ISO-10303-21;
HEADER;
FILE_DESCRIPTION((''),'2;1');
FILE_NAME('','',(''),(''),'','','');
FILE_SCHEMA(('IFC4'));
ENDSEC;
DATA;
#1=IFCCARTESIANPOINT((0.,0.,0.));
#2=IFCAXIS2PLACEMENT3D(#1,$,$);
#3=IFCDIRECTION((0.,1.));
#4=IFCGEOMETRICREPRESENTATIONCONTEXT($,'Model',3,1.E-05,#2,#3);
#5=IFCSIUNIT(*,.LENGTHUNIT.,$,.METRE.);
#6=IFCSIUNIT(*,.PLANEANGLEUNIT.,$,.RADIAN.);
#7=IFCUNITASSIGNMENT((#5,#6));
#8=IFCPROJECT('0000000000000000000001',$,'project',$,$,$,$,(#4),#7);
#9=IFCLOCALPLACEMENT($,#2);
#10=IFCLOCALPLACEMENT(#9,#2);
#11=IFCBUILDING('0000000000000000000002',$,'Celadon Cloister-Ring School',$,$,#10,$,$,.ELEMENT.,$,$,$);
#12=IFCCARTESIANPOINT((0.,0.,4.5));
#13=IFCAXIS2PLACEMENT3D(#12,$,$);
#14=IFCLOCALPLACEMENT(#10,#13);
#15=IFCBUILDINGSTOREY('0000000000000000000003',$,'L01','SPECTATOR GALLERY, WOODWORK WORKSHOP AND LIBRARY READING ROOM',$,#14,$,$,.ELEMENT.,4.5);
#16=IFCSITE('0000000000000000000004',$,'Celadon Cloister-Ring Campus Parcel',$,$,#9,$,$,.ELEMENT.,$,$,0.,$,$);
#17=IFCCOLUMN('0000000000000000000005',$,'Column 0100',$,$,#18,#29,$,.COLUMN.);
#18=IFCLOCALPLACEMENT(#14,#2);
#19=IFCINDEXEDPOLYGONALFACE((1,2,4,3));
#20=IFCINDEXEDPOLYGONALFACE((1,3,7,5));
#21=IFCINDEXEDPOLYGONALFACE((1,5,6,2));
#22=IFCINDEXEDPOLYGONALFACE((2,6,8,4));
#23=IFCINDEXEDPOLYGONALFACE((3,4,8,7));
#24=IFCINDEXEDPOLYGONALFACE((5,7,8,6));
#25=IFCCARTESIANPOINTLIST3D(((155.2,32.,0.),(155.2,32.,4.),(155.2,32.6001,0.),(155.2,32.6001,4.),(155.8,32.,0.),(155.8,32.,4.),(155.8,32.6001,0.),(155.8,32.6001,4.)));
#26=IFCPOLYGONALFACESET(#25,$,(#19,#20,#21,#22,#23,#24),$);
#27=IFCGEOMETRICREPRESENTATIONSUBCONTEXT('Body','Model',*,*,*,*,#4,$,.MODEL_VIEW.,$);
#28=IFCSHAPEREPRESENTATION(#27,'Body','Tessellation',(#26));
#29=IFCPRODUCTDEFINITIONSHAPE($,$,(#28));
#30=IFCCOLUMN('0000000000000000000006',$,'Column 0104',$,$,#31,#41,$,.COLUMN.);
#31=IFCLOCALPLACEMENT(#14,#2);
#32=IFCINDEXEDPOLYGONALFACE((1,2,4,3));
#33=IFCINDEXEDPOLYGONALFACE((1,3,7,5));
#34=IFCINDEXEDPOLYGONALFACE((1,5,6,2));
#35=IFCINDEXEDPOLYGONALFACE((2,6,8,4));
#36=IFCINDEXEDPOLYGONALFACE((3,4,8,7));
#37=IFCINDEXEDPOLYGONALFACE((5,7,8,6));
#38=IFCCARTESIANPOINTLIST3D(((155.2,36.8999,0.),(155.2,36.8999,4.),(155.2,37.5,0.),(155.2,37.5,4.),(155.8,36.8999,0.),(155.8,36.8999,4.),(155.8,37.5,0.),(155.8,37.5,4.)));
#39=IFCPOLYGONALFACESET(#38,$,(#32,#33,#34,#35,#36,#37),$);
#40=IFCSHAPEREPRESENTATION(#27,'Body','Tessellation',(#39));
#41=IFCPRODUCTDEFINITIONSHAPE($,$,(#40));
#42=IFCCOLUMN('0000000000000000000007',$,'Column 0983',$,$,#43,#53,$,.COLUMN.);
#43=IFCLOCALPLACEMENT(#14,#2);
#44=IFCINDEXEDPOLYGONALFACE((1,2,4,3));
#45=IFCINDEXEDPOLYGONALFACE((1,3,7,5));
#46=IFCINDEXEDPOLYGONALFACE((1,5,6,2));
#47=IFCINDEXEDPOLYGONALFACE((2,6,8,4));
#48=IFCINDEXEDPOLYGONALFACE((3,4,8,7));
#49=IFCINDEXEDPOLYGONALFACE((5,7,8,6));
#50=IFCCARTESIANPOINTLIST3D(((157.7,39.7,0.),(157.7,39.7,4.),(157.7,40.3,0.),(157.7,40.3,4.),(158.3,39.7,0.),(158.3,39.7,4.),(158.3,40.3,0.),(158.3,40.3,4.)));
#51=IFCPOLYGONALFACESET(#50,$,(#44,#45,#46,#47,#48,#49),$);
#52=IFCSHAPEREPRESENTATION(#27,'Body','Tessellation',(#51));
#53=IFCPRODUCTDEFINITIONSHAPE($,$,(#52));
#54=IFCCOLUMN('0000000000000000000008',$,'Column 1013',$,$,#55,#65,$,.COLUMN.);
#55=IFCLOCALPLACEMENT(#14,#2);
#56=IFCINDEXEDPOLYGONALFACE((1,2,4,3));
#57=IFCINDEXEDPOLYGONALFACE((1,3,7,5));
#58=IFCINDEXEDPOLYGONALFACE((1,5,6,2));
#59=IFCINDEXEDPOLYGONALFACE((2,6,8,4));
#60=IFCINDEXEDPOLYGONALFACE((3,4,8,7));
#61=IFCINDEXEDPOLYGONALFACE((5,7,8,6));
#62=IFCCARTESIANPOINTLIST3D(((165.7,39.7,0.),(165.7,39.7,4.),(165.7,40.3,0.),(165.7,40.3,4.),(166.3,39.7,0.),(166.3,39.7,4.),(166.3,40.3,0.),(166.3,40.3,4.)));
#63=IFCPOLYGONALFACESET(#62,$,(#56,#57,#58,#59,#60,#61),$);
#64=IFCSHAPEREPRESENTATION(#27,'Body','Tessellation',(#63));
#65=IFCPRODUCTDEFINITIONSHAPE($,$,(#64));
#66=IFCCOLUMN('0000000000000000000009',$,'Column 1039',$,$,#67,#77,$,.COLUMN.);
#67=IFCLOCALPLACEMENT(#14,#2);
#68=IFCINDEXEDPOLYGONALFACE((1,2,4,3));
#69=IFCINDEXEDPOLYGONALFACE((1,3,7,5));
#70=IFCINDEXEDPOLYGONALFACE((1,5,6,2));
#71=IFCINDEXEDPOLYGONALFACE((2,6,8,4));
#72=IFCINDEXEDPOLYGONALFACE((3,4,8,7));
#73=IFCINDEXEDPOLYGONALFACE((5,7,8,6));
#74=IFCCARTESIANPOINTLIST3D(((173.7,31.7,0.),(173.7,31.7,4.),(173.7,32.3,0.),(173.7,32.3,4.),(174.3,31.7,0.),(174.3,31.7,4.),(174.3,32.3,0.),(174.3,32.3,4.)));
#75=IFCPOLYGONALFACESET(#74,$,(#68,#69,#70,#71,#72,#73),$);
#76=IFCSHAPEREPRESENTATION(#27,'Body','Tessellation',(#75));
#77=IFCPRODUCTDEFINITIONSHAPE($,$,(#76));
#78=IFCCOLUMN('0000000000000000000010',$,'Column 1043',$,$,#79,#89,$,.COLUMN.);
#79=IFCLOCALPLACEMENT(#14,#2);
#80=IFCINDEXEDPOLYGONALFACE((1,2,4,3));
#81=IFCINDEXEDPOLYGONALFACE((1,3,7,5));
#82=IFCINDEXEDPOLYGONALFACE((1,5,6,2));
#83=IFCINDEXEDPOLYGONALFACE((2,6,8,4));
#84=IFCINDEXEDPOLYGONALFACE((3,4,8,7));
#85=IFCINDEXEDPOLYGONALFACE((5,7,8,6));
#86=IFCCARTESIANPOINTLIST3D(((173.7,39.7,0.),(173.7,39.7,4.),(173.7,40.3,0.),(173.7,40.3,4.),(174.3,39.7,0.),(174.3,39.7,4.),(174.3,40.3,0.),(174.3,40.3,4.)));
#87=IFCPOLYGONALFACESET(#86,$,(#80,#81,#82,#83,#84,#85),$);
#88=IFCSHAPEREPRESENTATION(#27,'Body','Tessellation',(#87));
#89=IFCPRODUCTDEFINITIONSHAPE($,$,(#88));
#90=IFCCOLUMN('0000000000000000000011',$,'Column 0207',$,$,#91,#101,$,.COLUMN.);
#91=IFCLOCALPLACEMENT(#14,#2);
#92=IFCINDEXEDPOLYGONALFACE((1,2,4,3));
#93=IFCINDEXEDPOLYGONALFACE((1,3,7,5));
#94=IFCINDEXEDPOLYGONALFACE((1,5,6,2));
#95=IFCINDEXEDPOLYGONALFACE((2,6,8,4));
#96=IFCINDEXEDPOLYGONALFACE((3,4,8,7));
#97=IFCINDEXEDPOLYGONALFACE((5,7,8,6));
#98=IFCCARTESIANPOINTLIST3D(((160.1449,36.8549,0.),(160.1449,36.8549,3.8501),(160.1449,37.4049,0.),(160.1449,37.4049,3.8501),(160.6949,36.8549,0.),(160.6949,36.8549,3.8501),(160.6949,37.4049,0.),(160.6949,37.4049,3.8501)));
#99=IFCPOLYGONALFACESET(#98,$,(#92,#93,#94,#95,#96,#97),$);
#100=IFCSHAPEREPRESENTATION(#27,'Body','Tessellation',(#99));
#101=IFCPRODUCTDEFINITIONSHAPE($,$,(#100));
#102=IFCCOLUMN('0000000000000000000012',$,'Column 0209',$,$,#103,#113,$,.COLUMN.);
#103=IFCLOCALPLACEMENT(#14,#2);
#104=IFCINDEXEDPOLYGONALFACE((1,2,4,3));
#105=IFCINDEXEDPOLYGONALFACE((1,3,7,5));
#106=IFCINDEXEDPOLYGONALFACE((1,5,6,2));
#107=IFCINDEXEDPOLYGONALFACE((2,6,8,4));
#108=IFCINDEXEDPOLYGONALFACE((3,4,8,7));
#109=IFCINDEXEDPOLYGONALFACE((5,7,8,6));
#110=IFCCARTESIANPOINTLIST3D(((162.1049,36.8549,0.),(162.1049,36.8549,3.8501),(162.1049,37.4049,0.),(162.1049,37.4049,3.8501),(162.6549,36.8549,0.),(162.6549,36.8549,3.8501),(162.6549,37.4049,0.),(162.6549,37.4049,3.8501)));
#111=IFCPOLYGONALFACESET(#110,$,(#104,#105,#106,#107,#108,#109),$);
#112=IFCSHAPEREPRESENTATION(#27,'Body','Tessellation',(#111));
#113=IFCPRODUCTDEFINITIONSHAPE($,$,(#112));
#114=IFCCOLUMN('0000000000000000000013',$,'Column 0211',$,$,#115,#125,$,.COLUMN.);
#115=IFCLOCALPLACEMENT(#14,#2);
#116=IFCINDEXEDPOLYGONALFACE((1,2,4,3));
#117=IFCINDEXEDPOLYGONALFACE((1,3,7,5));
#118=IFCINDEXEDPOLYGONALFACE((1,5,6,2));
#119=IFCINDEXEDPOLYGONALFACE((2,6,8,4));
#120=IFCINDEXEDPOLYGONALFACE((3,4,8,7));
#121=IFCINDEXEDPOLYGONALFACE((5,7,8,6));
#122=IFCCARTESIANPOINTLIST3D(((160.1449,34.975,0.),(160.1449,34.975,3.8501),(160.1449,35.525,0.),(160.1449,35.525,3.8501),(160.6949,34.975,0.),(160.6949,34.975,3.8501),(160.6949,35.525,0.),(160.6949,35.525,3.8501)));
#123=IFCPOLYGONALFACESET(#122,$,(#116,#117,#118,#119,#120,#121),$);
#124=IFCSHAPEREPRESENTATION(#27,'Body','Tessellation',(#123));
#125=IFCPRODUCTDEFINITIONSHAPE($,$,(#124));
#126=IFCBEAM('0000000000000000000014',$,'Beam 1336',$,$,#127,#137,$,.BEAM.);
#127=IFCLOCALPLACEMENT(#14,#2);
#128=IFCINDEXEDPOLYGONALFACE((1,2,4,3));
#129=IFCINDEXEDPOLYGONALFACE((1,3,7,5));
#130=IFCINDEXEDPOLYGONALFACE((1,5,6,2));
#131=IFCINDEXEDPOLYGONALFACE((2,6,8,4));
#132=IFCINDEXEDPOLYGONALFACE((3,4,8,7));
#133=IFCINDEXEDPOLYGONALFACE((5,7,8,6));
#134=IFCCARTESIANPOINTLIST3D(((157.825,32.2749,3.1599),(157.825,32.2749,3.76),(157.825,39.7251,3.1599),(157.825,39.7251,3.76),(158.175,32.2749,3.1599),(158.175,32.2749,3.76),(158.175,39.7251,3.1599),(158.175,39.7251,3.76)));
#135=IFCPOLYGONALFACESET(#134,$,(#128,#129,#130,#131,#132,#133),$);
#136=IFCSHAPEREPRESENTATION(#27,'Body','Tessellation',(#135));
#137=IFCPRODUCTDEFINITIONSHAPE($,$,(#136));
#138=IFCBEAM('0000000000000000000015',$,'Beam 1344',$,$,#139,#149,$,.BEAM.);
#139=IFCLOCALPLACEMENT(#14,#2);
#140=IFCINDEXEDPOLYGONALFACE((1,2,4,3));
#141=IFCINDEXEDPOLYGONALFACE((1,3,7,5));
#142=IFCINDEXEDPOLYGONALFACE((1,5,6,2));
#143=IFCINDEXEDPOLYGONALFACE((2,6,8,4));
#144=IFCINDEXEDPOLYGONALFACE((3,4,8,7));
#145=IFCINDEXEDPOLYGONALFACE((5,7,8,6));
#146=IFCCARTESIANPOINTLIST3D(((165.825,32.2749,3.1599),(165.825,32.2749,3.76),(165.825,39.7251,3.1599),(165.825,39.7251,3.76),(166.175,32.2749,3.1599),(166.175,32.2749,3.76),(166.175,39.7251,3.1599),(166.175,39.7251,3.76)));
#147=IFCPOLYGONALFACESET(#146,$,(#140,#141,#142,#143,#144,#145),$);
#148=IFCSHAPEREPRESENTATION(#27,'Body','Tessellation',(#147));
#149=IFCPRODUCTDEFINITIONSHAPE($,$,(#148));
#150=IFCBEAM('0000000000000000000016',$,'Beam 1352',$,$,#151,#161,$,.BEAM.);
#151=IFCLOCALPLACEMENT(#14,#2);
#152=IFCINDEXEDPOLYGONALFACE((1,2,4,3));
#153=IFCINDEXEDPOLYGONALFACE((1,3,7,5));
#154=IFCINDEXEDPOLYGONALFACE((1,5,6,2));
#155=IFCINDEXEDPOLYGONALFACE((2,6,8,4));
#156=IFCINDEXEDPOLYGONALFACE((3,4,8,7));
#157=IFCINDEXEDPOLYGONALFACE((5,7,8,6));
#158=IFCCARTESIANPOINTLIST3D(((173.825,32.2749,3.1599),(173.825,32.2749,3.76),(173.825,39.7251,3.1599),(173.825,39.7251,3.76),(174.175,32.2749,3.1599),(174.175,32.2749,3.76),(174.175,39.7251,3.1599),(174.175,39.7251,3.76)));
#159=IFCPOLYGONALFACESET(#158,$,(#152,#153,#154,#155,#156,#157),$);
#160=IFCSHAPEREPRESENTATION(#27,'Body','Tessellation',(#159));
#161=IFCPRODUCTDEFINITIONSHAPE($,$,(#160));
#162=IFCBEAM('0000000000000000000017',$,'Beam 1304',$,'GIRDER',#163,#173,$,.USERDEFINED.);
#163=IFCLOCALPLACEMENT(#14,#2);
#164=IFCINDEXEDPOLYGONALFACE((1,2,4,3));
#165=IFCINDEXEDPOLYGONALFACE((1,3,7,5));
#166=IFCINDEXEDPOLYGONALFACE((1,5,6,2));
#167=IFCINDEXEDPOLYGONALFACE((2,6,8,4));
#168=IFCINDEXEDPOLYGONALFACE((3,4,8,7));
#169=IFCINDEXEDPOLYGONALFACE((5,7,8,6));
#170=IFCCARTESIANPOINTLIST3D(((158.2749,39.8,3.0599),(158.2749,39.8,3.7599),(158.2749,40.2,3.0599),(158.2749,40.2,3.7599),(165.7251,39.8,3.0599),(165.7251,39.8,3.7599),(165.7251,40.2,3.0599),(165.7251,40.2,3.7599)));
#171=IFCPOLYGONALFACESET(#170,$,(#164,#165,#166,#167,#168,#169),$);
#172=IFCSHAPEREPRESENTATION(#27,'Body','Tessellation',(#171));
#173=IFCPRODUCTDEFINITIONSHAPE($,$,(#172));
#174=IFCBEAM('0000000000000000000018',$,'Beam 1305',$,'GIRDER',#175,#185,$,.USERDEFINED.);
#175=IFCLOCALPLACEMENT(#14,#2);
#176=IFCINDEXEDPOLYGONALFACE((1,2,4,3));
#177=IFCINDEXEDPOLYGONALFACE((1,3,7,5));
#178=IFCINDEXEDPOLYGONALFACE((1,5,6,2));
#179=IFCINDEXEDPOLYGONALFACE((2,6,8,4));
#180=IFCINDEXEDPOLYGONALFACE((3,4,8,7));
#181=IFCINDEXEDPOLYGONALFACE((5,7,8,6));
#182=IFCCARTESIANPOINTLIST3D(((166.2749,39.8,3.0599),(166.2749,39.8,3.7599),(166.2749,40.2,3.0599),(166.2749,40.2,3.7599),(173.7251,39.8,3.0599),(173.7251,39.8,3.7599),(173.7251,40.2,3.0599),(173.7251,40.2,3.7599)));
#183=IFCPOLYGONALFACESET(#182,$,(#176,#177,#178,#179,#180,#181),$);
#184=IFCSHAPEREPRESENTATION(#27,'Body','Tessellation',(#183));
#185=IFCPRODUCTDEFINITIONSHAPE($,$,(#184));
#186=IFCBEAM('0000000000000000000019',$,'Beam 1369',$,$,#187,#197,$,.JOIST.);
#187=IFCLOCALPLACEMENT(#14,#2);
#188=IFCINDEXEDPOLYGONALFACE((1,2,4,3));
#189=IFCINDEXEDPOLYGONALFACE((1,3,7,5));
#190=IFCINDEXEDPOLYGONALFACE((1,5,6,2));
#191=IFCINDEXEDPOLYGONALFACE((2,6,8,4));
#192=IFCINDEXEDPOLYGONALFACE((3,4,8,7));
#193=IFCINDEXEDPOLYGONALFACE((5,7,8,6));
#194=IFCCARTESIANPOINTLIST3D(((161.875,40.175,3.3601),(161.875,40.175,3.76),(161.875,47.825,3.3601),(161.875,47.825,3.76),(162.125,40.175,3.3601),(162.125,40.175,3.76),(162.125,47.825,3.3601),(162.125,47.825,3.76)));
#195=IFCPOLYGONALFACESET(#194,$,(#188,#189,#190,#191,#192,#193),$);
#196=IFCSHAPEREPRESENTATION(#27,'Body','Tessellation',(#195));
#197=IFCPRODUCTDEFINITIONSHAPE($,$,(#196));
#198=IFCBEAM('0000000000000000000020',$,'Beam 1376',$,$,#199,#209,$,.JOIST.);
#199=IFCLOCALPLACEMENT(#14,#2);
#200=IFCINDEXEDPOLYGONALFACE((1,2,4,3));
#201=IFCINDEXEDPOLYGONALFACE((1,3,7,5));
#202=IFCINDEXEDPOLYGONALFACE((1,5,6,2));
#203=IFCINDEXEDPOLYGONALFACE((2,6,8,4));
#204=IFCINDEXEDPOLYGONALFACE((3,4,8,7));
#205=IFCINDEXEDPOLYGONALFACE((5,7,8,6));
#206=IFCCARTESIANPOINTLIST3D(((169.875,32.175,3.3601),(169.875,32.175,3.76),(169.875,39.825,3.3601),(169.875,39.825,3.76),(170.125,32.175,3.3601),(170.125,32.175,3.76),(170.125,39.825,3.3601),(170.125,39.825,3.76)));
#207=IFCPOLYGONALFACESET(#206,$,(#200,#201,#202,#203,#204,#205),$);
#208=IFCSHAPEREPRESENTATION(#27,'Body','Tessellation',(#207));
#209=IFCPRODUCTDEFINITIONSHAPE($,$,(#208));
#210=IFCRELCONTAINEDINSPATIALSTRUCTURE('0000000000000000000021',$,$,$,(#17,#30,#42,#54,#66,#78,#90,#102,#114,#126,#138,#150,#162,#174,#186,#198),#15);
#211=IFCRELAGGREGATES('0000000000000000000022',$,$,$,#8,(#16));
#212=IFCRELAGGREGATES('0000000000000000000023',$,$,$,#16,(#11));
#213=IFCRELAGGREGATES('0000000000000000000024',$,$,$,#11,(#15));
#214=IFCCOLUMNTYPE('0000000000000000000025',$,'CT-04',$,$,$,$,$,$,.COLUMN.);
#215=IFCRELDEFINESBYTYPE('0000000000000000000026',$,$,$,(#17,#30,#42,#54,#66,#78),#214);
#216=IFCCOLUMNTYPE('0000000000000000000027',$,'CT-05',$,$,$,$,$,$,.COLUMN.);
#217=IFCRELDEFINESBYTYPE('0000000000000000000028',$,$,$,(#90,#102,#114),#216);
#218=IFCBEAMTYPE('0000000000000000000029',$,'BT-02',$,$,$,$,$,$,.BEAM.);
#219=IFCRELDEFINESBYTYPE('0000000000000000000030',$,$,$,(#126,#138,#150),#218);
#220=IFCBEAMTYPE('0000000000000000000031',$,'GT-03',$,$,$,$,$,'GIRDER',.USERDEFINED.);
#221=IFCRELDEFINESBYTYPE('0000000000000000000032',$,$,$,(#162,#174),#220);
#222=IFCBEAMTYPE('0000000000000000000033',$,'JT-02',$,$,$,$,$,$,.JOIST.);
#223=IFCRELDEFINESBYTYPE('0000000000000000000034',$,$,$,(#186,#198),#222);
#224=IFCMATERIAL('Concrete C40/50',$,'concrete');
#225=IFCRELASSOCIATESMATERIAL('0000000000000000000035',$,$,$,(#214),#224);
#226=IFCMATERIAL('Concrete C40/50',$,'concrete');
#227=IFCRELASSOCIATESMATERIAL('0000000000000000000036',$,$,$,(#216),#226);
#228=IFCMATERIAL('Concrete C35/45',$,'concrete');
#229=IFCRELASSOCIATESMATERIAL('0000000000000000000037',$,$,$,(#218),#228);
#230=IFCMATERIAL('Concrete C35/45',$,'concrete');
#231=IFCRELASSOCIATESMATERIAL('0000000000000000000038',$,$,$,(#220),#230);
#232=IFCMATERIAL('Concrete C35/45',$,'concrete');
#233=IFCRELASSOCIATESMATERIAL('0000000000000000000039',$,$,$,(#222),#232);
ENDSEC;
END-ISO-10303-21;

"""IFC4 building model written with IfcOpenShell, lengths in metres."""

from ifc_helpers import new_model, si_unit, direction, frame, origin, origin_2d, place, context, subcontext, project, spatial, rectangle, extrude, material, material_profile, profile_set, type_object, element, save


model = new_model("IFC4")

# Units and contexts
model_context = context("Model", 3, precision=1e-05, world=origin(), true_north=direction((0.0, 1.0)))
body_context = subcontext(model_context, "Body", "Model", "MODEL_VIEW")
ifc_project = project(units=[si_unit("LENGTHUNIT", "METRE"), si_unit("PLANEANGLEUNIT", "RADIAN")], contexts=[model_context])

# Site, building, storey
site_placement = place(None, origin())
site = spatial("IfcSite", under=ifc_project, at=site_placement, Name="Celadon Cloister-Ring Campus Parcel", CompositionType="ELEMENT", RefElevation=0.0)
building_placement = place(site_placement, origin())
building = spatial("IfcBuilding", under=site, at=building_placement, Name="Celadon Cloister-Ring School", CompositionType="ELEMENT")
storey_placement = place(building_placement, frame((0.0, 0.0, 4.5)))
storey = spatial("IfcBuildingStorey", under=building, at=storey_placement, Name="L01", Description="SPECTATOR GALLERY, WOODWORK WORKSHOP AND LIBRARY READING ROOM", CompositionType="ELEMENT", Elevation=4.5)

# Columns
ifc_material_1 = material(Name="Concrete C40/50", Category="concrete")
ifc_material_profile_1 = material_profile(ifc_material_1, rectangle(XDim=0.6001, YDim=0.6001, at=origin_2d()), Name="RC600X600")
ifc_profile_set_1 = profile_set([ifc_material_profile_1], Name="Concrete C40/50")
column_type_1 = type_object("IfcColumnType", Name="CT-04", PredefinedType="COLUMN", material=ifc_profile_set_1)
for number, where, z_axis, x_axis, name in (
    (1, (155.5, 32.3, 0.0), (0.0, 0.0, 1.0), (1.0, 0.0, 0.0), "Column 0100"),
    (2, (155.5, 37.2, 0.0), (0.0, 0.0, 1.0), (1.0, 0.0, 0.0), "Column 0104"),
    (3, (158.0, 40.0, 0.0), (0.0, 0.0, 1.0), (1.0, 0.0, 0.0), "Column 0983"),
    (4, (166.0, 40.0, 0.0), (0.0, 0.0, 1.0), (1.0, 0.0, 0.0), "Column 1013"),
    (5, (174.0, 32.0, 0.0), (0.0, 0.0, 1.0), (1.0, 0.0, 0.0), "Column 1039"),
    (6, (174.0, 40.0, 0.0), (0.0, 0.0, 1.0), (1.0, 0.0, 0.0), "Column 1043"),
):
    element("IfcColumn", number, at=place(storey_placement, frame(where, z_axis=z_axis, x_axis=x_axis)), inside=storey, type_object=column_type_1, Name=name, PredefinedType="COLUMN", context=body_context, shape_type="SweptSolid", body=[
        extrude(rectangle(XDim=0.6001, YDim=0.6001, at=origin_2d()), origin(), (0.0, 0.0, 1.0), 4.0),
    ])
ifc_material_2 = material(Name="Concrete C40/50", Category="concrete")
ifc_material_profile_2 = material_profile(ifc_material_2, rectangle(XDim=0.55, YDim=0.55, at=origin_2d()), Name="RC550X550")
ifc_profile_set_2 = profile_set([ifc_material_profile_2], Name="Concrete C40/50")
column_type_2 = type_object("IfcColumnType", Name="CT-05", PredefinedType="COLUMN", material=ifc_profile_set_2)
for number, where, z_axis, x_axis, name in (
    (7, (160.4199, 37.1299, 0.0), (0.0, 0.0, 1.0), (1.0, 0.0, 0.0), "Column 0207"),
    (8, (162.3799, 37.1299, 0.0), (0.0, 0.0, 1.0), (1.0, 0.0, 0.0), "Column 0209"),
    (9, (160.4199, 35.25, 0.0), (0.0, 0.0, 1.0), (1.0, 0.0, 0.0), "Column 0211"),
):
    element("IfcColumn", number, at=place(storey_placement, frame(where, z_axis=z_axis, x_axis=x_axis)), inside=storey, type_object=column_type_2, Name=name, PredefinedType="COLUMN", context=body_context, shape_type="SweptSolid", body=[
        extrude(rectangle(XDim=0.55, YDim=0.55, at=origin_2d()), origin(), (0.0, 0.0, 1.0), 3.8501),
    ])

# Beams
ifc_material_3 = material(Name="Concrete C35/45", Category="concrete")
ifc_material_profile_3 = material_profile(ifc_material_3, rectangle(XDim=0.3501, YDim=0.6001, at=origin_2d()), Name="RC350X600")
ifc_profile_set_3 = profile_set([ifc_material_profile_3], Name="Concrete C35/45")
beam_type_1 = type_object("IfcBeamType", Name="BT-02", PredefinedType="BEAM", material=ifc_profile_set_3)
for number, where, z_axis, x_axis, name in (
    (10, (158.0, 32.2749, 3.46), (0.0, 1.0, 0.0), (-1.0, 0.0, 0.0), "Beam 1336"),
    (11, (166.0, 32.2749, 3.46), (0.0, 1.0, 0.0), (-1.0, 0.0, 0.0), "Beam 1344"),
    (12, (174.0, 32.2749, 3.46), (0.0, 1.0, 0.0), (-1.0, 0.0, 0.0), "Beam 1352"),
):
    element("IfcBeam", number, at=place(storey_placement, frame(where, z_axis=z_axis, x_axis=x_axis)), inside=storey, type_object=beam_type_1, Name=name, PredefinedType="BEAM", context=body_context, shape_type="SweptSolid", body=[
        extrude(rectangle(XDim=0.3501, YDim=0.6001, at=origin_2d()), origin(), (0.0, 0.0, 1.0), 7.4502),
    ])
ifc_material_4 = material(Name="Concrete C35/45", Category="concrete")
ifc_material_profile_4 = material_profile(ifc_material_4, rectangle(XDim=0.3999, YDim=0.7, at=origin_2d()), Name="RC400X700")
ifc_profile_set_4 = profile_set([ifc_material_profile_4], Name="Concrete C35/45")
beam_type_2 = type_object("IfcBeamType", Name="GT-03", ElementType="GIRDER", PredefinedType="USERDEFINED", material=ifc_profile_set_4)
for number, where, z_axis, x_axis, name in (
    (13, (158.2749, 40.0, 3.4099), (1.0, 0.0, 0.0), (0.0, 1.0, 0.0), "Beam 1304"),
    (14, (166.2749, 40.0, 3.4099), (1.0, 0.0, 0.0), (0.0, 1.0, 0.0), "Beam 1305"),
):
    element("IfcBeam", number, at=place(storey_placement, frame(where, z_axis=z_axis, x_axis=x_axis)), inside=storey, type_object=beam_type_2, Name=name, ObjectType="GIRDER", PredefinedType="USERDEFINED", context=body_context, shape_type="SweptSolid", body=[
        extrude(rectangle(XDim=0.3999, YDim=0.7, at=origin_2d()), origin(), (0.0, 0.0, 1.0), 7.4502),
    ])
ifc_material_5 = material(Name="Concrete C35/45", Category="concrete")
ifc_material_profile_5 = material_profile(ifc_material_5, rectangle(XDim=0.25, YDim=0.3999, at=origin_2d()), Name="RC250X400")
ifc_profile_set_5 = profile_set([ifc_material_profile_5], Name="Concrete C35/45")
beam_type_3 = type_object("IfcBeamType", Name="JT-02", PredefinedType="JOIST", material=ifc_profile_set_5)
for number, where, z_axis, x_axis, name in (
    (15, (162.0, 40.175, 3.5601), (0.0, 1.0, 0.0), (-1.0, 0.0, 0.0), "Beam 1369"),
    (16, (170.0, 32.175, 3.5601), (0.0, 1.0, 0.0), (-1.0, 0.0, 0.0), "Beam 1376"),
):
    element("IfcBeam", number, at=place(storey_placement, frame(where, z_axis=z_axis, x_axis=x_axis)), inside=storey, type_object=beam_type_3, Name=name, PredefinedType="JOIST", context=body_context, shape_type="SweptSolid", body=[
        extrude(rectangle(XDim=0.25, YDim=0.3999, at=origin_2d()), origin(), (0.0, 0.0, 1.0), 7.6499),
    ])

save(model, "model.ifc")
